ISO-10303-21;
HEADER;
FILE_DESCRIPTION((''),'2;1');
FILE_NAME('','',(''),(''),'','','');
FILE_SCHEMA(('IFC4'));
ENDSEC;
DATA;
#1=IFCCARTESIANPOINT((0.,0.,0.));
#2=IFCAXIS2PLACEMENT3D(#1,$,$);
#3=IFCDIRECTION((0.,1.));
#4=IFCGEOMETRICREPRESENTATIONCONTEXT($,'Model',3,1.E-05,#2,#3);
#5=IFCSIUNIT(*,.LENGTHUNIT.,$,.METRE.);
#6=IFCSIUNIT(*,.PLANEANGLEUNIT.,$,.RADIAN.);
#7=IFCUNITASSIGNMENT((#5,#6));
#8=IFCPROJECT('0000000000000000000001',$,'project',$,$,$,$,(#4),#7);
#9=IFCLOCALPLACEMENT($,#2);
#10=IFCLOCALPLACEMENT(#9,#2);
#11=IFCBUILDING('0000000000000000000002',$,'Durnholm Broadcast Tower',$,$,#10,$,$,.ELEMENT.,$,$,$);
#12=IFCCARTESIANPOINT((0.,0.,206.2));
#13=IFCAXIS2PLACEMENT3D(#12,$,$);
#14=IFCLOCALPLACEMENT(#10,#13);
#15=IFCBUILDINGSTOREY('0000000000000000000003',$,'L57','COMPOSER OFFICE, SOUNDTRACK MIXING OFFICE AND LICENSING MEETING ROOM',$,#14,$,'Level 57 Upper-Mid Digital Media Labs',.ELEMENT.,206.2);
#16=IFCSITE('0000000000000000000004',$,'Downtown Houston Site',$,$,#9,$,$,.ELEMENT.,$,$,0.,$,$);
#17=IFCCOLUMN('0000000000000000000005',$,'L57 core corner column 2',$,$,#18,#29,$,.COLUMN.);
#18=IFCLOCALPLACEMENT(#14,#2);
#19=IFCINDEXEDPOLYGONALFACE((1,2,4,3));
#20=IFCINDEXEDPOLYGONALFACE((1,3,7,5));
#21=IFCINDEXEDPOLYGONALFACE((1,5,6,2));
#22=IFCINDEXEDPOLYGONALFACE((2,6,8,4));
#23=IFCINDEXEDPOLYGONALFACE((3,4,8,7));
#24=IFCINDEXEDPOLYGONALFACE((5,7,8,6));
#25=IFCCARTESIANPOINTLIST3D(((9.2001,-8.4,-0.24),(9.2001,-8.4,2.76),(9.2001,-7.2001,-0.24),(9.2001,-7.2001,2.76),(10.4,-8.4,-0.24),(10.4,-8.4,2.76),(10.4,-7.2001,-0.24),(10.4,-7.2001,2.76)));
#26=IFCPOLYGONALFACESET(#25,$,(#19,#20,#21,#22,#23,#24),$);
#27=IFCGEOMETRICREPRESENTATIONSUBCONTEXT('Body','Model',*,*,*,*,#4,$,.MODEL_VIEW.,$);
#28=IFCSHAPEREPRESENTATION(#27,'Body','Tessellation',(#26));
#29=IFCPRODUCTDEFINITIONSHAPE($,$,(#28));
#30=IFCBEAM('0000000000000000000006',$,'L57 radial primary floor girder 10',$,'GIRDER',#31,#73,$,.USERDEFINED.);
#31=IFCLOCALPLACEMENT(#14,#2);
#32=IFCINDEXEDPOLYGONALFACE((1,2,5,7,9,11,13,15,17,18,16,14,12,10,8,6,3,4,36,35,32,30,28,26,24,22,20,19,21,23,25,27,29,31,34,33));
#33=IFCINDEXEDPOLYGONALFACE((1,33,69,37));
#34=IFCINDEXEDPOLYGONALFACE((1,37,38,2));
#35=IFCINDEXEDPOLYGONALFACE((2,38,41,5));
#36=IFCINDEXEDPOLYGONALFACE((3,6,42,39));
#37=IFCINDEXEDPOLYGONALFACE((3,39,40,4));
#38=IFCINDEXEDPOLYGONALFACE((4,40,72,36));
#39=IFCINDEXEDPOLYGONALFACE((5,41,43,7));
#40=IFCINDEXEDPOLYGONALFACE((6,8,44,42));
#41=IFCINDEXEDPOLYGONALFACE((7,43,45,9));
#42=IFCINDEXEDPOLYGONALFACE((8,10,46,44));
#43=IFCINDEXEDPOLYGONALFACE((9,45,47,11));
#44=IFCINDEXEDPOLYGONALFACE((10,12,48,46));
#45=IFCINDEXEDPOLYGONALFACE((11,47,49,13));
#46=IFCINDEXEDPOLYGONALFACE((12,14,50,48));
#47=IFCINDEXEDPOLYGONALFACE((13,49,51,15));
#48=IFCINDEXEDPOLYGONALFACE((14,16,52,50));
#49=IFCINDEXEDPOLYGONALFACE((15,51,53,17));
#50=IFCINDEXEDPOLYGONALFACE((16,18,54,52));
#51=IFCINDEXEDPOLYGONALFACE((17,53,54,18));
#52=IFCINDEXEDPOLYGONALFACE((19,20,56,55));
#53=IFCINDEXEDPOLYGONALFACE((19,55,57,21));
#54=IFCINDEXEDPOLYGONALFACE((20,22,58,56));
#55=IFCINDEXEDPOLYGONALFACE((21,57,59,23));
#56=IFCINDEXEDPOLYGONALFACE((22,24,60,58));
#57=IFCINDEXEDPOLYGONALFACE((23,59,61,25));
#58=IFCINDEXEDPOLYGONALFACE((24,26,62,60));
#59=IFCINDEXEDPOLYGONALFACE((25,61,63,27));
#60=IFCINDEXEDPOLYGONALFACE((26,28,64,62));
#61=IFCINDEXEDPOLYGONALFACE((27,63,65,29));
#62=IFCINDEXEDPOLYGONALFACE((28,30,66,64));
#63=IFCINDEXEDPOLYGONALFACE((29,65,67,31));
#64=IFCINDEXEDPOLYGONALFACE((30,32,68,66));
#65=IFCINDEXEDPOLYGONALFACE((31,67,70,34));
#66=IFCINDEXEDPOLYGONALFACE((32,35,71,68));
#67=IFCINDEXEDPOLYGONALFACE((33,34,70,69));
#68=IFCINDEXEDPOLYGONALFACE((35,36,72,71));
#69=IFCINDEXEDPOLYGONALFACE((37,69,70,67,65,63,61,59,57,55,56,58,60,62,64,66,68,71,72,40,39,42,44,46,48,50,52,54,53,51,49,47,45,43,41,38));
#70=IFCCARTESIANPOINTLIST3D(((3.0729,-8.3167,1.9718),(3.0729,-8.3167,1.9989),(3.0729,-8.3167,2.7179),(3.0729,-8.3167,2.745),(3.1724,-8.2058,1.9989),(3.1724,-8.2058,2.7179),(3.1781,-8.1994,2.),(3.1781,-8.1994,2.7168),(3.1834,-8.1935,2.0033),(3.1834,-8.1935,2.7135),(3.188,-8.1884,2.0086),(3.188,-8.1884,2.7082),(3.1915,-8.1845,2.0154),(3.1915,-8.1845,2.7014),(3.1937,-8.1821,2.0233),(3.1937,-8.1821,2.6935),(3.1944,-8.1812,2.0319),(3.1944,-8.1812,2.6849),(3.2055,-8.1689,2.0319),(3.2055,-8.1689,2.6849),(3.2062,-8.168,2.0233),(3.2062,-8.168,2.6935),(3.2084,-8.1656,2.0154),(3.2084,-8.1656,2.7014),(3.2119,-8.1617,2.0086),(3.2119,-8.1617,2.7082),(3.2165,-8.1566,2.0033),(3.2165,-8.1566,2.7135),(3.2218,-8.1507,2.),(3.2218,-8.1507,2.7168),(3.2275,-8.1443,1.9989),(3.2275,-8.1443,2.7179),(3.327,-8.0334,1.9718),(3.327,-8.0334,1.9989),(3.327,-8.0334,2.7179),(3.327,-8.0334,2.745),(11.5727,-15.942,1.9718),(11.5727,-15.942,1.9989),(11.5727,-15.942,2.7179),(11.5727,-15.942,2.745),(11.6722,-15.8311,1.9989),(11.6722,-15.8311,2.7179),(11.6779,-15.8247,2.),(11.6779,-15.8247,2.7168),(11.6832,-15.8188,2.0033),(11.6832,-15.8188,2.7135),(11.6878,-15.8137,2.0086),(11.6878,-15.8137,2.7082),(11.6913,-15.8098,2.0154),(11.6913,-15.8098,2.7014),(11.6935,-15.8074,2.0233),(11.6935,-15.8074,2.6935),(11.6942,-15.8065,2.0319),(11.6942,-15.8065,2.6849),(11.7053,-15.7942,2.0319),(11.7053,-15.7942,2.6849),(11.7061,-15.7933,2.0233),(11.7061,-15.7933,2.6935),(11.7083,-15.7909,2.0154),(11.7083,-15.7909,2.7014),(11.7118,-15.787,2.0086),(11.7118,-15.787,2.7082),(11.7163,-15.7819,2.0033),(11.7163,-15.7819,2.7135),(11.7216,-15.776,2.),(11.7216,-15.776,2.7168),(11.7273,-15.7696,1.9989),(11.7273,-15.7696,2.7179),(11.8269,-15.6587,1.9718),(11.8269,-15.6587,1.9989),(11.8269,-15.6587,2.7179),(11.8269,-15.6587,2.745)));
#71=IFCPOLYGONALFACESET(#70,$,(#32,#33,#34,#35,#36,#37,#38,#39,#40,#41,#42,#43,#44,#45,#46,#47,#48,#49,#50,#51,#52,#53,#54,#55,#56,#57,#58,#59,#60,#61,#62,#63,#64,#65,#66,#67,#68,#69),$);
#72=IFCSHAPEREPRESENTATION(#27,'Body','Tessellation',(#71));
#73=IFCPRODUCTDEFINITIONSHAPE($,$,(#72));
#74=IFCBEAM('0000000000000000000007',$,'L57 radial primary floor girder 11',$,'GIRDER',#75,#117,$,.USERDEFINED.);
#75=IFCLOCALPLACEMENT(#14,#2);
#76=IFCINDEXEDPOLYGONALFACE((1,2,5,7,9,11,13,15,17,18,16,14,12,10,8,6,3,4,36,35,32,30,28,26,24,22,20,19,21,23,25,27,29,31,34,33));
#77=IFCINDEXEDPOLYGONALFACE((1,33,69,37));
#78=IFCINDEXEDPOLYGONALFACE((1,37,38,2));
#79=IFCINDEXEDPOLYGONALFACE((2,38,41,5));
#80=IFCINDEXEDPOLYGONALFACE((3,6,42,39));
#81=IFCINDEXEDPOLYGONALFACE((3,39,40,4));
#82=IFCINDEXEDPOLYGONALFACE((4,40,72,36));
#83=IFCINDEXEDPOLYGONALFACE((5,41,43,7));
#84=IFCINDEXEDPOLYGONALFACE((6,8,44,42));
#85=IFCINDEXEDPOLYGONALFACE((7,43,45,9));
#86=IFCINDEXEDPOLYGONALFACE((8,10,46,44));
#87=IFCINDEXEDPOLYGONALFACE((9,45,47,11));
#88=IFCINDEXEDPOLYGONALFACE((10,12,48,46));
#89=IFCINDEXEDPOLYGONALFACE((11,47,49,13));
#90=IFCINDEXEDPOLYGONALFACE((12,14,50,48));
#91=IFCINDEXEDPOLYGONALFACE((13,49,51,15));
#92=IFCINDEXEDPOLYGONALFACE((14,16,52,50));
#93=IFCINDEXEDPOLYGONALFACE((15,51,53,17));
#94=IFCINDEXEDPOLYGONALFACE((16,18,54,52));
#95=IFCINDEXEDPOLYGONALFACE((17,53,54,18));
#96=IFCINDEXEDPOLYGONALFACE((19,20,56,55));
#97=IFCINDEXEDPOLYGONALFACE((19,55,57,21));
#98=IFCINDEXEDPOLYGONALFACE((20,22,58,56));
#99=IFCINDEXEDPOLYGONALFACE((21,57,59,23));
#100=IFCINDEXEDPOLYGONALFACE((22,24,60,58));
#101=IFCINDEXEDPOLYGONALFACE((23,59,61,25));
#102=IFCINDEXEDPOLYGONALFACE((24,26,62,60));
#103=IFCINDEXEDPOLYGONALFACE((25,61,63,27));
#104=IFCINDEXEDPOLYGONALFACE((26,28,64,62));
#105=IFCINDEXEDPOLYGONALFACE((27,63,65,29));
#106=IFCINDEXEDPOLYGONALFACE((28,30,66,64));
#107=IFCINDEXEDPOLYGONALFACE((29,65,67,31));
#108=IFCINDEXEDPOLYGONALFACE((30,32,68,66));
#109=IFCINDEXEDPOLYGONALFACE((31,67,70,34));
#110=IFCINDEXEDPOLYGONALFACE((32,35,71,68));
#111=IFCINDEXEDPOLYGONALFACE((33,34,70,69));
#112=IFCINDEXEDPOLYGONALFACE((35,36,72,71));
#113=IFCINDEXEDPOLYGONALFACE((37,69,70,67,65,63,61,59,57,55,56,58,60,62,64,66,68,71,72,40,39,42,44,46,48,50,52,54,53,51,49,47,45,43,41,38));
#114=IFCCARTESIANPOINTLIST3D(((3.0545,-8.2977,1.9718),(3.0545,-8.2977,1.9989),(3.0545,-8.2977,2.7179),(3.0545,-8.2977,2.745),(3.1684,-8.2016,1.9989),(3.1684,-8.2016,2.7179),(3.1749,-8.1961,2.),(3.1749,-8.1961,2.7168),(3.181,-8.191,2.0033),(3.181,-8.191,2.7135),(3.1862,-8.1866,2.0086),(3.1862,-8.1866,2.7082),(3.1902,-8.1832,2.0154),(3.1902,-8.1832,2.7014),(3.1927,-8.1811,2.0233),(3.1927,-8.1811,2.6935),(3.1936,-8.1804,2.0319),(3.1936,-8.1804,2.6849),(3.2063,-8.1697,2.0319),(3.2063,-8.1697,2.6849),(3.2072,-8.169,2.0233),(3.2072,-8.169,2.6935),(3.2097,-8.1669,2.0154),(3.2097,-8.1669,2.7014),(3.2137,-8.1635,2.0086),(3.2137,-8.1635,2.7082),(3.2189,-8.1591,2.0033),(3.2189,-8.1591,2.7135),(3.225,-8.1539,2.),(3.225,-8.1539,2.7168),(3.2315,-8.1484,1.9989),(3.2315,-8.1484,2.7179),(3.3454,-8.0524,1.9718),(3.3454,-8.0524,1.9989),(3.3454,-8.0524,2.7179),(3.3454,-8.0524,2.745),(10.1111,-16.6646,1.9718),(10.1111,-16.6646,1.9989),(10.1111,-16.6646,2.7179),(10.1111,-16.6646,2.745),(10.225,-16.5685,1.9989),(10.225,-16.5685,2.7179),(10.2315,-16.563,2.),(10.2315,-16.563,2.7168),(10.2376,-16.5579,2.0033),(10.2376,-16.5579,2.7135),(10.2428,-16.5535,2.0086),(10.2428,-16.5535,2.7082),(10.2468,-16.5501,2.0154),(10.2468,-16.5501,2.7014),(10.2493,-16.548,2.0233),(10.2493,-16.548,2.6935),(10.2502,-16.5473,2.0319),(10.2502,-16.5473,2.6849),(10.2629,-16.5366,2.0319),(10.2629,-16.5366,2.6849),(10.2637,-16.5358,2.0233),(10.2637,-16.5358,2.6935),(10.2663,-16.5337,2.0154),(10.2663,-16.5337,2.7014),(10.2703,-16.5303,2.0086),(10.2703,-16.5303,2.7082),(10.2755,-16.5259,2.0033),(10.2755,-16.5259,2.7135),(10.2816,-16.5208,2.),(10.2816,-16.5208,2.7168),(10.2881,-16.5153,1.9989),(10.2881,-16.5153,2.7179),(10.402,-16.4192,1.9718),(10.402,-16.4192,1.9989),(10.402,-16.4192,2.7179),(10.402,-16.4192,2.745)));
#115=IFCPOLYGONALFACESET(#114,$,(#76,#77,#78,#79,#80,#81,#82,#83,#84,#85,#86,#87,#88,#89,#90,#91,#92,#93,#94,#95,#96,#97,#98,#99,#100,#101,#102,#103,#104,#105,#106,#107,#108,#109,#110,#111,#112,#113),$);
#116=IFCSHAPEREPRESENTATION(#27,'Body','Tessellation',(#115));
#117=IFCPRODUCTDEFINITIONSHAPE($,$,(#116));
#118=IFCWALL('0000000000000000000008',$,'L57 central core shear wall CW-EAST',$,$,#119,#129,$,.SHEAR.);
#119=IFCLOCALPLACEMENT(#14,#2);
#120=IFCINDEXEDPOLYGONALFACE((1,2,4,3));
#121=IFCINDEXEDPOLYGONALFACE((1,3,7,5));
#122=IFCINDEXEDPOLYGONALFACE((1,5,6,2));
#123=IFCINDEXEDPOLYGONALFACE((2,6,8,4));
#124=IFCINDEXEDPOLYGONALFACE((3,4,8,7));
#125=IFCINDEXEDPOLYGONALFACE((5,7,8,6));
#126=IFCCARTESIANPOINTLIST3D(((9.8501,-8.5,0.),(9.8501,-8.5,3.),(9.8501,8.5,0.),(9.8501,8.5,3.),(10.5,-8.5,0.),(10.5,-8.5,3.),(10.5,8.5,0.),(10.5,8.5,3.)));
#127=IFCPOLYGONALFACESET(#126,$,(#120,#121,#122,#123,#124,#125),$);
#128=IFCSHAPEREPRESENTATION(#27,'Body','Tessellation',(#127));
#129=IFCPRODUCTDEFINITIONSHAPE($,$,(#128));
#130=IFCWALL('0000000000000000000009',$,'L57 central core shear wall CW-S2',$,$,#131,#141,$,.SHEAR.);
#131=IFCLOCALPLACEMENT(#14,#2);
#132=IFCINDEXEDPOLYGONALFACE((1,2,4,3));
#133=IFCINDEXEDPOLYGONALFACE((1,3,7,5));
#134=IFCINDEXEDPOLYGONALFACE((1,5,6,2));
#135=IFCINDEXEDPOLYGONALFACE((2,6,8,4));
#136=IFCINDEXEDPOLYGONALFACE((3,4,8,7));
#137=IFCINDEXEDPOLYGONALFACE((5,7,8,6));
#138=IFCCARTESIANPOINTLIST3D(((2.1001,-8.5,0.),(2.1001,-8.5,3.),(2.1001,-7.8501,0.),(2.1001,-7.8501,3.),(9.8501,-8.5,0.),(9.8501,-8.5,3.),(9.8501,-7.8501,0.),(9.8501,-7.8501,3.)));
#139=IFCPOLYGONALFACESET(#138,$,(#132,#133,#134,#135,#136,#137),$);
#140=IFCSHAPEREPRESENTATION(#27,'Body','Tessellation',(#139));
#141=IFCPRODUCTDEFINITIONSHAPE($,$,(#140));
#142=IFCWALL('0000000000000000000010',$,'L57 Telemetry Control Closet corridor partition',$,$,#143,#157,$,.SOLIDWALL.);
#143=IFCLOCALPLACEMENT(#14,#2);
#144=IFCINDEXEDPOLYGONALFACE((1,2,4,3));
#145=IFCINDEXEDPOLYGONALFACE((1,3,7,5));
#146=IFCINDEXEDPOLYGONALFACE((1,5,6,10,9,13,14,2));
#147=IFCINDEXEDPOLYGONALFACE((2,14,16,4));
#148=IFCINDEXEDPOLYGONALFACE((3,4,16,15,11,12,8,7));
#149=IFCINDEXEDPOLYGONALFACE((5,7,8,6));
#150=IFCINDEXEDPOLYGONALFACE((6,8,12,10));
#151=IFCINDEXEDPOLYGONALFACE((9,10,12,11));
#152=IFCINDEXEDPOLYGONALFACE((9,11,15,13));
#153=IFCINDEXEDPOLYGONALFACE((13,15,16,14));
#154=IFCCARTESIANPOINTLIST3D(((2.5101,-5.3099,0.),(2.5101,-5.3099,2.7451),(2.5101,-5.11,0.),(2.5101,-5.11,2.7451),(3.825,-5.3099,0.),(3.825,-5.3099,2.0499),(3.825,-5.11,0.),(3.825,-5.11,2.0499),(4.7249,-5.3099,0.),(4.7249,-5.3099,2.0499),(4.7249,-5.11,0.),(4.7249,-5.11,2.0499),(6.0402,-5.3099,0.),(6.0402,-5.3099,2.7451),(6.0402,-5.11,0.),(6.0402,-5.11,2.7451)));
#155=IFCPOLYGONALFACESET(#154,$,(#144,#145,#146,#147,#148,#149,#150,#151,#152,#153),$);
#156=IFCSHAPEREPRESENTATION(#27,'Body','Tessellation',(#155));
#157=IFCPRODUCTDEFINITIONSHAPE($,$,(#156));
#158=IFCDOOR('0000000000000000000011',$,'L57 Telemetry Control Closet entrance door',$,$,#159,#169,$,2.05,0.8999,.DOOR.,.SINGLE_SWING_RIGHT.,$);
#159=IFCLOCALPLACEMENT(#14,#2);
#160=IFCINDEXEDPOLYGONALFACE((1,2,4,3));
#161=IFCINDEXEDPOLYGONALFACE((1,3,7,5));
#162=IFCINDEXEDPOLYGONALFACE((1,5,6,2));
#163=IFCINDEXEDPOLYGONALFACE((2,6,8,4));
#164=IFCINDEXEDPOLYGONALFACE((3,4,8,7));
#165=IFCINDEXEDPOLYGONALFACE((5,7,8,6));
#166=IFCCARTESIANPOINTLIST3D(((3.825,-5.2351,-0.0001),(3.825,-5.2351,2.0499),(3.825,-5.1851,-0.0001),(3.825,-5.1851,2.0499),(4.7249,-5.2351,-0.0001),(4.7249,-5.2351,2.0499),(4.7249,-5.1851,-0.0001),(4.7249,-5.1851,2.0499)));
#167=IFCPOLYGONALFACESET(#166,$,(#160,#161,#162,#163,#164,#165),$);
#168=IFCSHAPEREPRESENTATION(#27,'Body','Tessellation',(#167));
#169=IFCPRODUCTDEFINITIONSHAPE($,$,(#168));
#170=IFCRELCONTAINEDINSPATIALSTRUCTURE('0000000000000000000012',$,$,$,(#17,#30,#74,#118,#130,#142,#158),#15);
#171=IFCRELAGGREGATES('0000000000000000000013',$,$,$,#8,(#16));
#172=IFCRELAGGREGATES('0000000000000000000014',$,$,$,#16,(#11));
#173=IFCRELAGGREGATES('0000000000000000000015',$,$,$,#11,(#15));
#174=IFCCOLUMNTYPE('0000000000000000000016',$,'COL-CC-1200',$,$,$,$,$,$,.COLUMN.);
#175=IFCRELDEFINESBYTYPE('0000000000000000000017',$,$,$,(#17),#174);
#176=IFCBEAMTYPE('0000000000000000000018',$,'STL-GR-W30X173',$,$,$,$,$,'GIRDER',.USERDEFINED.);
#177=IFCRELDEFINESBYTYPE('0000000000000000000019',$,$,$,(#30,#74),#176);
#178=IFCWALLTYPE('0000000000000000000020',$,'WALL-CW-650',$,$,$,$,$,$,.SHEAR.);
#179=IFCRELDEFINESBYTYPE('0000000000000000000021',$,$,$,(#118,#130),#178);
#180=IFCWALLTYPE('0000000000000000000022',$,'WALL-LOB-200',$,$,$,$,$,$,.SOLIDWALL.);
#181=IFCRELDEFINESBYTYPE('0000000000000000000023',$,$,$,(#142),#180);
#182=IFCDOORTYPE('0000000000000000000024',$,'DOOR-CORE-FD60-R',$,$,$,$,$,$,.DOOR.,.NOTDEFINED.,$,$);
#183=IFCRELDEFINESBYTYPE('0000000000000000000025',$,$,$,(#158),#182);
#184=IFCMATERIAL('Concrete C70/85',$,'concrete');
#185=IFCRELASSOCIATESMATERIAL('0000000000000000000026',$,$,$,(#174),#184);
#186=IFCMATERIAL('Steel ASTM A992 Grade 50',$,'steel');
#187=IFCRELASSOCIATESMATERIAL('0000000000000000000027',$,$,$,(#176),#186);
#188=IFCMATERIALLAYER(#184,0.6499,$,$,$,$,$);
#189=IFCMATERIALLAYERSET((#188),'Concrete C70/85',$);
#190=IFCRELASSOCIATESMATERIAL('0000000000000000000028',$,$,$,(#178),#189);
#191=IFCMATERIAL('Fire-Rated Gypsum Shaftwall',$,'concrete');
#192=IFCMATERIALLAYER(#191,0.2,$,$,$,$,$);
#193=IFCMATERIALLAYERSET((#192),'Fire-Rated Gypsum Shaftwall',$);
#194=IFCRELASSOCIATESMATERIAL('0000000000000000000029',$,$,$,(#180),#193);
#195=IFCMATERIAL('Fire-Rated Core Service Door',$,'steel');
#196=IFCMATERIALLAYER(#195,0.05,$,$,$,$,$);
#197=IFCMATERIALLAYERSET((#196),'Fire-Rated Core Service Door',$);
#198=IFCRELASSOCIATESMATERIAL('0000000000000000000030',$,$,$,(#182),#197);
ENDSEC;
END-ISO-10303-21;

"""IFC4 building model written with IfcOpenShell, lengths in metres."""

from ifc_helpers import new_model, si_unit, direction, frame, frame_2d, origin, origin_2d, place, context, subcontext, project, spatial, rectangle, i_section, extrude, source, transform, mapped, material, layer, layer_set, material_profile, profile_set, type_object, type_shapes, element, fill, save


model = new_model("IFC4")

# Units and contexts
model_context = context("Model", 3, precision=1e-05, world=origin(), true_north=direction((0.0, 1.0)))
body_context = subcontext(model_context, "Body", "Model", "MODEL_VIEW")
ifc_project = project(units=[si_unit("LENGTHUNIT", "METRE"), si_unit("PLANEANGLEUNIT", "RADIAN")], contexts=[model_context])

# Site, building, storey
site_placement = place(None, origin())
site = spatial("IfcSite", under=ifc_project, at=site_placement, Name="Downtown Houston Site", CompositionType="ELEMENT", RefElevation=0.0)
building_placement = place(site_placement, origin())
building = spatial("IfcBuilding", under=site, at=building_placement, Name="Durnholm Broadcast Tower", CompositionType="ELEMENT")
storey_placement = place(building_placement, frame((0.0, 0.0, 206.2)))
storey = spatial("IfcBuildingStorey", under=building, at=storey_placement, Name="L57", Description="COMPOSER OFFICE, SOUNDTRACK MIXING OFFICE AND LICENSING MEETING ROOM", LongName="Level 57 Upper-Mid Digital Media Labs", CompositionType="ELEMENT", Elevation=206.2)

# Column
ifc_material_1 = material(Name="Concrete C70/85", Category="concrete")
ifc_material_profile_1 = material_profile(ifc_material_1, rectangle(XDim=1.2, YDim=1.2, at=origin_2d()), Name="RC1200X1200")
ifc_profile_set_1 = profile_set([ifc_material_profile_1], Name="Concrete C70/85")
column_type = type_object("IfcColumnType", Name="COL-CC-1200", PredefinedType="COLUMN", material=ifc_profile_set_1)
shared_shape_1 = source(origin(), body_context, "Body", "SweptSolid", [
    extrude(rectangle(XDim=1.2, YDim=1.2, at=origin_2d()), origin(), (0.0, 0.0, 1.0), 3.0),
])
type_shapes(column_type, [shared_shape_1])
column_placement = place(storey_placement, frame((9.8, -7.8, -0.24), z_axis=(0.0, 0.0, 1.0), x_axis=(1.0, 0.0, 0.0)))
element("IfcColumn", 1, at=column_placement, inside=storey, type_object=column_type, Name="L57 core corner column 2", PredefinedType="COLUMN", context=body_context, shape_type="MappedRepresentation", body=[
    mapped(shared_shape_1, transform((0.0, 0.0, 0.0), x_axis=(1.0, 0.0, 0.0), y_axis=(0.0, 1.0, 0.0), z_axis=(0.0, 0.0, 1.0), scale=1.0)),
])

# Beams
ifc_material_2 = material(Name="Steel ASTM A992 Grade 50", Category="steel")
ifc_material_profile_2 = material_profile(ifc_material_2, i_section(OverallWidth=0.3806, OverallDepth=0.7732, WebThickness=0.0166, FlangeThickness=0.0271, FilletRadius=0.033, at=origin_2d()), Name="W30X173")
ifc_profile_set_2 = profile_set([ifc_material_profile_2], Name="Steel ASTM A992 Grade 50")
beam_type = type_object("IfcBeamType", Name="STL-GR-W30X173", ElementType="GIRDER", PredefinedType="USERDEFINED", material=ifc_profile_set_2)
shared_shape_2 = source(origin(), body_context, "Body", "SweptSolid", [
    extrude(i_section(OverallWidth=0.3806, OverallDepth=0.7732, WebThickness=0.0166, FlangeThickness=0.0271, FilletRadius=0.033, at=origin_2d()), origin(), (0.0, 0.0, 1.0), 11.4189),
])
beam_1_placement = place(storey_placement, frame((3.2, -8.175, 2.3584), z_axis=(0.744362, -0.667777, 0.0), x_axis=(0.667777, 0.744362, 0.0)))
element("IfcBeam", 2, at=beam_1_placement, inside=storey, type_object=beam_type, Name="L57 radial primary floor girder 10", ObjectType="GIRDER", PredefinedType="USERDEFINED", context=body_context, shape_type="MappedRepresentation", body=[
    mapped(shared_shape_2, transform((0.0, 0.0, 0.0), x_axis=(1.0, 0.0, 0.0), y_axis=(0.0, 1.0, 0.0), z_axis=(0.0, 0.0, 1.0), scale=1.0)),
])
shared_shape_3 = source(origin(), body_context, "Body", "SweptSolid", [
    extrude(i_section(OverallWidth=0.3806, OverallDepth=0.7732, WebThickness=0.0166, FlangeThickness=0.0271, FilletRadius=0.033, at=origin_2d()), origin(), (0.0, 0.0, 1.0), 10.9453),
])
type_shapes(beam_type, [shared_shape_2, shared_shape_3])
beam_2_placement = place(storey_placement, frame((3.2, -8.175, 2.3584), z_axis=(0.644713, -0.764425, 0.0), x_axis=(0.764425, 0.644713, 0.0)))
element("IfcBeam", 3, at=beam_2_placement, inside=storey, type_object=beam_type, Name="L57 radial primary floor girder 11", ObjectType="GIRDER", PredefinedType="USERDEFINED", context=body_context, shape_type="MappedRepresentation", body=[
    mapped(shared_shape_3, transform((0.0, 0.0, 0.0), x_axis=(1.0, 0.0, 0.0), y_axis=(0.0, 1.0, 0.0), z_axis=(0.0, 0.0, 1.0), scale=1.0)),
])

# Walls
ifc_layer_1 = layer(ifc_material_1, 0.6499)
ifc_layer_set_1 = layer_set([ifc_layer_1], Name="Concrete C70/85")
wall_type_1 = type_object("IfcWallType", Name="WALL-CW-650", PredefinedType="SHEAR", material=ifc_layer_set_1)
wall_1_placement = place(storey_placement, frame((10.175, -8.5, 0.0), z_axis=(0.0, 0.0, 1.0), x_axis=(0.0, 1.0, 0.0)))
element("IfcWall", 4, at=wall_1_placement, inside=storey, type_object=wall_type_1, Name="L57 central core shear wall CW-EAST", PredefinedType="SHEAR", context=body_context, shape_type="SweptSolid", body=[
    extrude(rectangle(XDim=17.0, YDim=0.6499, at=frame_2d((8.5, 0.0))), origin(), (0.0, 0.0, 1.0), 3.0),
])
wall_2_placement = place(storey_placement, frame((2.1001, -8.175, 0.0), z_axis=(0.0, 0.0, 1.0), x_axis=(1.0, 0.0, 0.0)))
element("IfcWall", 5, at=wall_2_placement, inside=storey, type_object=wall_type_1, Name="L57 central core shear wall CW-S2", PredefinedType="SHEAR", context=body_context, shape_type="SweptSolid", body=[
    extrude(rectangle(XDim=7.75, YDim=0.6499, at=frame_2d((3.875, 0.0))), origin(), (0.0, 0.0, 1.0), 3.0),
])

# Wall, opening, door
ifc_material_3 = material(Name="Fire-Rated Gypsum Shaftwall", Category="concrete")
ifc_layer_2 = layer(ifc_material_3, 0.2)
ifc_layer_set_2 = layer_set([ifc_layer_2], Name="Fire-Rated Gypsum Shaftwall")
wall_type_2 = type_object("IfcWallType", Name="WALL-LOB-200", PredefinedType="SOLIDWALL", material=ifc_layer_set_2)
wall_3_placement = place(storey_placement, frame((2.51, -5.21, 0.0), z_axis=(0.0, 0.0, 1.0), x_axis=(1.0, 0.0, 0.0)))
wall_3 = element("IfcWall", 6, at=wall_3_placement, inside=storey, type_object=wall_type_2, Name="L57 Telemetry Control Closet corridor partition", PredefinedType="SOLIDWALL", context=body_context, shape_type="SweptSolid", body=[
    extrude(rectangle(XDim=3.53, YDim=0.2, at=frame_2d((1.7651, 0.0))), origin(), (0.0, 0.0, 1.0), 2.7451),
])
opening_1_placement = place(wall_3_placement, frame((1.3149, 0.0, 0.0)))
opening_1 = element("IfcOpeningElement", 7, at=opening_1_placement, cuts=wall_3, PredefinedType="OPENING", context=body_context, shape_type="SweptSolid", body=[
    extrude(rectangle(XDim=0.8999, YDim=2.05, at=frame_2d((0.45, 1.0249))), frame((0.0, 0.1099, 0.0), z_axis=(0.0, -1.0, 0.0), x_axis=(1.0, 0.0, 0.0)), (0.0, 0.0, 1.0), 0.22),
])
ifc_material_4 = material(Name="Fire-Rated Core Service Door", Category="steel")
ifc_layer_3 = layer(ifc_material_4, 0.05)
ifc_layer_set_3 = layer_set([ifc_layer_3], Name="Fire-Rated Core Service Door")
door_type_1 = type_object("IfcDoorType", Name="DOOR-CORE-FD60-R", OperationType="NOTDEFINED", PredefinedType="DOOR", material=ifc_layer_set_3)
shared_shape_4 = source(origin(), body_context, "Body", "SweptSolid", [
    extrude(rectangle(XDim=0.8999, YDim=2.05, at=frame_2d((0.45, 1.0249))), frame((0.0, 0.0249, 0.0), z_axis=(0.0, -1.0, 0.0), x_axis=(1.0, 0.0, 0.0)), (0.0, 0.0, 1.0), 0.05),
])
type_shapes(door_type_1, [shared_shape_4])
door_1_placement = place(opening_1_placement, origin())
door_1 = element("IfcDoor", 8, at=door_1_placement, inside=storey, type_object=door_type_1, Name="L57 Telemetry Control Closet entrance door", OperationType="SINGLE_SWING_RIGHT", OverallHeight=2.05, OverallWidth=0.8999, PredefinedType="DOOR", context=body_context, shape_type="MappedRepresentation", body=[
    mapped(shared_shape_4, transform((0.0, 0.0, 0.0), x_axis=(1.0, 0.0, 0.0), y_axis=(0.0, 1.0, 0.0), z_axis=(0.0, 0.0, 1.0), scale=1.0)),
])
fill(opening_1, door_1)

save(model, "model.ifc")
